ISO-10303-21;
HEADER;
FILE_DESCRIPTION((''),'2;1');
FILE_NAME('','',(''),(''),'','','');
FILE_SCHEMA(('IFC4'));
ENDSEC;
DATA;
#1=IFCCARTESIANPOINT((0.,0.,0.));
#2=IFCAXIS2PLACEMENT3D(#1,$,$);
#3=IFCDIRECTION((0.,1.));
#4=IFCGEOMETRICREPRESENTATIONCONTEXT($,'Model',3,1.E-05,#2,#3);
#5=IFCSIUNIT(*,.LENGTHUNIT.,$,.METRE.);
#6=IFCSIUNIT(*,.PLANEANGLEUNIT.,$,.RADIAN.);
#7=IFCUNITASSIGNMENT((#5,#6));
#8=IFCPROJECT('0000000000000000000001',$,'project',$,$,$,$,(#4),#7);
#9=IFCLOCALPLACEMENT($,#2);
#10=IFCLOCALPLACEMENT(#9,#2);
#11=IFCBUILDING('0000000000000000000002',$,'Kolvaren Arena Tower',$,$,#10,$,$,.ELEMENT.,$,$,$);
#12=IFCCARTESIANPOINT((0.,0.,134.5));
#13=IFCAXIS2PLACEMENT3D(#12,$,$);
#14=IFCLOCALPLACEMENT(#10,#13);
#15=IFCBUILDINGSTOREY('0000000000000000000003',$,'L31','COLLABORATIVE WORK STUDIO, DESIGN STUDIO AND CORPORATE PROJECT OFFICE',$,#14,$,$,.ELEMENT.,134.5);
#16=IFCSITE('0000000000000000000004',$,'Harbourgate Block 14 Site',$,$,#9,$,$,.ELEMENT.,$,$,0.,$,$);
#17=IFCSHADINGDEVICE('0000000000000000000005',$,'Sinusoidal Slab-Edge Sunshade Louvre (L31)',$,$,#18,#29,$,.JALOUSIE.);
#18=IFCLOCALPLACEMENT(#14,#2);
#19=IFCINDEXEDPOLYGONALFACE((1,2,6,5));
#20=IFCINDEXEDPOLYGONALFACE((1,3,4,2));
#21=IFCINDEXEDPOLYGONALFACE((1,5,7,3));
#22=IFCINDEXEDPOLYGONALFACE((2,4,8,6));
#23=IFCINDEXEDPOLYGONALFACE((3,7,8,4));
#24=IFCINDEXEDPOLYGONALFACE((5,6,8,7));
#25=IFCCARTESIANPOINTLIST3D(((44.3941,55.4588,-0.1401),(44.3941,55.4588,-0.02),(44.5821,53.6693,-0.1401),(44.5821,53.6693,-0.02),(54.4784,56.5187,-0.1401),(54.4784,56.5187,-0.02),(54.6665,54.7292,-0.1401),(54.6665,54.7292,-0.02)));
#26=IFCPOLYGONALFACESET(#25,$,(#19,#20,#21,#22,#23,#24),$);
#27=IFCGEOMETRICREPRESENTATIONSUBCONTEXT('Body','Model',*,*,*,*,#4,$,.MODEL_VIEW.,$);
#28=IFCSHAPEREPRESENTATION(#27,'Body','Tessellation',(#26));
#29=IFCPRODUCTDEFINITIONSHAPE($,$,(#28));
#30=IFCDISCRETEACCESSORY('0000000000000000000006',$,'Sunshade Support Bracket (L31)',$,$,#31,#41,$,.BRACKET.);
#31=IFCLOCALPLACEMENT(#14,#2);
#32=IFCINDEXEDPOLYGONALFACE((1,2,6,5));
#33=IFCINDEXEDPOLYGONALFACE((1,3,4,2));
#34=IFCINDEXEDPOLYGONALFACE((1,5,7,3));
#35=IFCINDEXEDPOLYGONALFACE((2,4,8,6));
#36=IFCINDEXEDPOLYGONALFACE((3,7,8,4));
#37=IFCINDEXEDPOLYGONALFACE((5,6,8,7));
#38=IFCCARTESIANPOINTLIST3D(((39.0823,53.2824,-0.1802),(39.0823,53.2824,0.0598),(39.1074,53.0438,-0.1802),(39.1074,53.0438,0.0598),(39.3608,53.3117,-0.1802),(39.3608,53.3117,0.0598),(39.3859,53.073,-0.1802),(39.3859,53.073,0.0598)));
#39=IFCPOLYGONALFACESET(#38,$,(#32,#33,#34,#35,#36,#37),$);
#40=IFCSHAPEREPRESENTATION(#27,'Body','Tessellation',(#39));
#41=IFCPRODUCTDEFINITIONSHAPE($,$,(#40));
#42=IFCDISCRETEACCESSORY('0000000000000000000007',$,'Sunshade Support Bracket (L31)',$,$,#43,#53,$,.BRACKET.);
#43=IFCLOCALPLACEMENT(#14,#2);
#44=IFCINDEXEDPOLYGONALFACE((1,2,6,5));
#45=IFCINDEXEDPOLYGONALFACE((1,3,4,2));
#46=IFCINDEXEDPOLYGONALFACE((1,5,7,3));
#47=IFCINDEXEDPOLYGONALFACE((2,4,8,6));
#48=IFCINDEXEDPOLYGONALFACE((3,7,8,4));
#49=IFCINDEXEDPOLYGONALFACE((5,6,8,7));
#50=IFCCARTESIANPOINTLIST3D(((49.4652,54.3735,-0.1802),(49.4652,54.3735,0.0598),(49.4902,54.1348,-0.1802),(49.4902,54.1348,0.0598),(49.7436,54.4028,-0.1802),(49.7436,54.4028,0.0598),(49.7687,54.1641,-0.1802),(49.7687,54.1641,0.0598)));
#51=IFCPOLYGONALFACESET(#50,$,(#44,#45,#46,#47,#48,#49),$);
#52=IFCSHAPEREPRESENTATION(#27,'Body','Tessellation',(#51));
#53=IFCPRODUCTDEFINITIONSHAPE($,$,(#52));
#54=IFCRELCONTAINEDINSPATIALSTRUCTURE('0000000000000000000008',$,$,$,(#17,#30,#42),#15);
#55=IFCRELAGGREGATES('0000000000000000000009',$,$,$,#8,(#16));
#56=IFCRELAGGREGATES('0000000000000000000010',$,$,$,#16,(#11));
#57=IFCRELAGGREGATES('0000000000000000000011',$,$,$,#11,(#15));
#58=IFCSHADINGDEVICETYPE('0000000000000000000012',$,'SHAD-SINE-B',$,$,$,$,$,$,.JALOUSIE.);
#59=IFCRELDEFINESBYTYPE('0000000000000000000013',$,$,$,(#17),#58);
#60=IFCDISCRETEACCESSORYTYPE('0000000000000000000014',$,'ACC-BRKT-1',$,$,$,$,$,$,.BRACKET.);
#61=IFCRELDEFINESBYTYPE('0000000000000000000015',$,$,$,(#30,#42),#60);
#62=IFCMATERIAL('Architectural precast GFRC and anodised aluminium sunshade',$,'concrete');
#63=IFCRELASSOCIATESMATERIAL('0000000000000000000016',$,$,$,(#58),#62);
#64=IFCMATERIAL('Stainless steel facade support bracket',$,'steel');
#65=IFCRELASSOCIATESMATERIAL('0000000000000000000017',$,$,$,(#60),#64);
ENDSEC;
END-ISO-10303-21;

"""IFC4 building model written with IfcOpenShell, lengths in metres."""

from ifc_helpers import new_model, si_unit, direction, frame, origin, origin_2d, place, context, subcontext, project, spatial, rectangle, extrude, material, type_object, element, save


model = new_model("IFC4")

# Units and contexts
model_context = context("Model", 3, precision=1e-05, world=origin(), true_north=direction((0.0, 1.0)))
body_context = subcontext(model_context, "Body", "Model", "MODEL_VIEW")
ifc_project = project(units=[si_unit("LENGTHUNIT", "METRE"), si_unit("PLANEANGLEUNIT", "RADIAN")], contexts=[model_context])

# Site, building, storey
site_placement = place(None, origin())
site = spatial("IfcSite", under=ifc_project, at=site_placement, Name="Harbourgate Block 14 Site", CompositionType="ELEMENT", RefElevation=0.0)
building_placement = place(site_placement, origin())
building = spatial("IfcBuilding", under=site, at=building_placement, Name="Kolvaren Arena Tower", CompositionType="ELEMENT")
storey_placement = place(building_placement, frame((0.0, 0.0, 134.5)))
storey = spatial("IfcBuildingStorey", under=building, at=storey_placement, Name="L31", Description="COLLABORATIVE WORK STUDIO, DESIGN STUDIO AND CORPORATE PROJECT OFFICE", CompositionType="ELEMENT", Elevation=134.5)

# Shading device
ifc_material_1 = material(Name="Architectural precast GFRC and anodised aluminium sunshade", Category="concrete")
shading_device_type_1 = type_object("IfcShadingDeviceType", Name="SHAD-SINE-B", PredefinedType="JALOUSIE", material=ifc_material_1)
shading_device_1_placement = place(storey_placement, frame((49.5303, 55.094, -0.1401), z_axis=(0.0, 0.0, 1.0), x_axis=(0.994522, 0.104527, 0.0)))
element("IfcShadingDevice", 1, at=shading_device_1_placement, inside=storey, type_object=shading_device_type_1, Name="Sinusoidal Slab-Edge Sunshade Louvre (L31)", PredefinedType="JALOUSIE", context=body_context, shape_type="SweptSolid", body=[
    extrude(rectangle(XDim=10.1399, YDim=1.7993, at=origin_2d()), origin(), (0.0, 0.0, 1.0), 0.1201),
])

# Discrete accessories
ifc_material_2 = material(Name="Stainless steel facade support bracket", Category="steel")
discrete_accessory_type = type_object("IfcDiscreteAccessoryType", Name="ACC-BRKT-1", PredefinedType="BRACKET", material=ifc_material_2)
for number, where, z_axis, x_axis, name in (
    (2, (39.2341, 53.1777, -0.1802), (0.0, 0.0, 1.0), (0.994522, 0.104527, 0.0), "Sunshade Support Bracket (L31)"),
    (3, (49.6169, 54.2688, -0.1802), (0.0, 0.0, 1.0), (0.994522, 0.104527, 0.0), "Sunshade Support Bracket (L31)"),
):
    element("IfcDiscreteAccessory", number, at=place(storey_placement, frame(where, z_axis=z_axis, x_axis=x_axis)), inside=storey, type_object=discrete_accessory_type, Name=name, PredefinedType="BRACKET", context=body_context, shape_type="SweptSolid", body=[
        extrude(rectangle(XDim=0.28, YDim=0.24, at=origin_2d()), origin(), (0.0, 0.0, 1.0), 0.24),
    ])

save(model, "model.ifc")
